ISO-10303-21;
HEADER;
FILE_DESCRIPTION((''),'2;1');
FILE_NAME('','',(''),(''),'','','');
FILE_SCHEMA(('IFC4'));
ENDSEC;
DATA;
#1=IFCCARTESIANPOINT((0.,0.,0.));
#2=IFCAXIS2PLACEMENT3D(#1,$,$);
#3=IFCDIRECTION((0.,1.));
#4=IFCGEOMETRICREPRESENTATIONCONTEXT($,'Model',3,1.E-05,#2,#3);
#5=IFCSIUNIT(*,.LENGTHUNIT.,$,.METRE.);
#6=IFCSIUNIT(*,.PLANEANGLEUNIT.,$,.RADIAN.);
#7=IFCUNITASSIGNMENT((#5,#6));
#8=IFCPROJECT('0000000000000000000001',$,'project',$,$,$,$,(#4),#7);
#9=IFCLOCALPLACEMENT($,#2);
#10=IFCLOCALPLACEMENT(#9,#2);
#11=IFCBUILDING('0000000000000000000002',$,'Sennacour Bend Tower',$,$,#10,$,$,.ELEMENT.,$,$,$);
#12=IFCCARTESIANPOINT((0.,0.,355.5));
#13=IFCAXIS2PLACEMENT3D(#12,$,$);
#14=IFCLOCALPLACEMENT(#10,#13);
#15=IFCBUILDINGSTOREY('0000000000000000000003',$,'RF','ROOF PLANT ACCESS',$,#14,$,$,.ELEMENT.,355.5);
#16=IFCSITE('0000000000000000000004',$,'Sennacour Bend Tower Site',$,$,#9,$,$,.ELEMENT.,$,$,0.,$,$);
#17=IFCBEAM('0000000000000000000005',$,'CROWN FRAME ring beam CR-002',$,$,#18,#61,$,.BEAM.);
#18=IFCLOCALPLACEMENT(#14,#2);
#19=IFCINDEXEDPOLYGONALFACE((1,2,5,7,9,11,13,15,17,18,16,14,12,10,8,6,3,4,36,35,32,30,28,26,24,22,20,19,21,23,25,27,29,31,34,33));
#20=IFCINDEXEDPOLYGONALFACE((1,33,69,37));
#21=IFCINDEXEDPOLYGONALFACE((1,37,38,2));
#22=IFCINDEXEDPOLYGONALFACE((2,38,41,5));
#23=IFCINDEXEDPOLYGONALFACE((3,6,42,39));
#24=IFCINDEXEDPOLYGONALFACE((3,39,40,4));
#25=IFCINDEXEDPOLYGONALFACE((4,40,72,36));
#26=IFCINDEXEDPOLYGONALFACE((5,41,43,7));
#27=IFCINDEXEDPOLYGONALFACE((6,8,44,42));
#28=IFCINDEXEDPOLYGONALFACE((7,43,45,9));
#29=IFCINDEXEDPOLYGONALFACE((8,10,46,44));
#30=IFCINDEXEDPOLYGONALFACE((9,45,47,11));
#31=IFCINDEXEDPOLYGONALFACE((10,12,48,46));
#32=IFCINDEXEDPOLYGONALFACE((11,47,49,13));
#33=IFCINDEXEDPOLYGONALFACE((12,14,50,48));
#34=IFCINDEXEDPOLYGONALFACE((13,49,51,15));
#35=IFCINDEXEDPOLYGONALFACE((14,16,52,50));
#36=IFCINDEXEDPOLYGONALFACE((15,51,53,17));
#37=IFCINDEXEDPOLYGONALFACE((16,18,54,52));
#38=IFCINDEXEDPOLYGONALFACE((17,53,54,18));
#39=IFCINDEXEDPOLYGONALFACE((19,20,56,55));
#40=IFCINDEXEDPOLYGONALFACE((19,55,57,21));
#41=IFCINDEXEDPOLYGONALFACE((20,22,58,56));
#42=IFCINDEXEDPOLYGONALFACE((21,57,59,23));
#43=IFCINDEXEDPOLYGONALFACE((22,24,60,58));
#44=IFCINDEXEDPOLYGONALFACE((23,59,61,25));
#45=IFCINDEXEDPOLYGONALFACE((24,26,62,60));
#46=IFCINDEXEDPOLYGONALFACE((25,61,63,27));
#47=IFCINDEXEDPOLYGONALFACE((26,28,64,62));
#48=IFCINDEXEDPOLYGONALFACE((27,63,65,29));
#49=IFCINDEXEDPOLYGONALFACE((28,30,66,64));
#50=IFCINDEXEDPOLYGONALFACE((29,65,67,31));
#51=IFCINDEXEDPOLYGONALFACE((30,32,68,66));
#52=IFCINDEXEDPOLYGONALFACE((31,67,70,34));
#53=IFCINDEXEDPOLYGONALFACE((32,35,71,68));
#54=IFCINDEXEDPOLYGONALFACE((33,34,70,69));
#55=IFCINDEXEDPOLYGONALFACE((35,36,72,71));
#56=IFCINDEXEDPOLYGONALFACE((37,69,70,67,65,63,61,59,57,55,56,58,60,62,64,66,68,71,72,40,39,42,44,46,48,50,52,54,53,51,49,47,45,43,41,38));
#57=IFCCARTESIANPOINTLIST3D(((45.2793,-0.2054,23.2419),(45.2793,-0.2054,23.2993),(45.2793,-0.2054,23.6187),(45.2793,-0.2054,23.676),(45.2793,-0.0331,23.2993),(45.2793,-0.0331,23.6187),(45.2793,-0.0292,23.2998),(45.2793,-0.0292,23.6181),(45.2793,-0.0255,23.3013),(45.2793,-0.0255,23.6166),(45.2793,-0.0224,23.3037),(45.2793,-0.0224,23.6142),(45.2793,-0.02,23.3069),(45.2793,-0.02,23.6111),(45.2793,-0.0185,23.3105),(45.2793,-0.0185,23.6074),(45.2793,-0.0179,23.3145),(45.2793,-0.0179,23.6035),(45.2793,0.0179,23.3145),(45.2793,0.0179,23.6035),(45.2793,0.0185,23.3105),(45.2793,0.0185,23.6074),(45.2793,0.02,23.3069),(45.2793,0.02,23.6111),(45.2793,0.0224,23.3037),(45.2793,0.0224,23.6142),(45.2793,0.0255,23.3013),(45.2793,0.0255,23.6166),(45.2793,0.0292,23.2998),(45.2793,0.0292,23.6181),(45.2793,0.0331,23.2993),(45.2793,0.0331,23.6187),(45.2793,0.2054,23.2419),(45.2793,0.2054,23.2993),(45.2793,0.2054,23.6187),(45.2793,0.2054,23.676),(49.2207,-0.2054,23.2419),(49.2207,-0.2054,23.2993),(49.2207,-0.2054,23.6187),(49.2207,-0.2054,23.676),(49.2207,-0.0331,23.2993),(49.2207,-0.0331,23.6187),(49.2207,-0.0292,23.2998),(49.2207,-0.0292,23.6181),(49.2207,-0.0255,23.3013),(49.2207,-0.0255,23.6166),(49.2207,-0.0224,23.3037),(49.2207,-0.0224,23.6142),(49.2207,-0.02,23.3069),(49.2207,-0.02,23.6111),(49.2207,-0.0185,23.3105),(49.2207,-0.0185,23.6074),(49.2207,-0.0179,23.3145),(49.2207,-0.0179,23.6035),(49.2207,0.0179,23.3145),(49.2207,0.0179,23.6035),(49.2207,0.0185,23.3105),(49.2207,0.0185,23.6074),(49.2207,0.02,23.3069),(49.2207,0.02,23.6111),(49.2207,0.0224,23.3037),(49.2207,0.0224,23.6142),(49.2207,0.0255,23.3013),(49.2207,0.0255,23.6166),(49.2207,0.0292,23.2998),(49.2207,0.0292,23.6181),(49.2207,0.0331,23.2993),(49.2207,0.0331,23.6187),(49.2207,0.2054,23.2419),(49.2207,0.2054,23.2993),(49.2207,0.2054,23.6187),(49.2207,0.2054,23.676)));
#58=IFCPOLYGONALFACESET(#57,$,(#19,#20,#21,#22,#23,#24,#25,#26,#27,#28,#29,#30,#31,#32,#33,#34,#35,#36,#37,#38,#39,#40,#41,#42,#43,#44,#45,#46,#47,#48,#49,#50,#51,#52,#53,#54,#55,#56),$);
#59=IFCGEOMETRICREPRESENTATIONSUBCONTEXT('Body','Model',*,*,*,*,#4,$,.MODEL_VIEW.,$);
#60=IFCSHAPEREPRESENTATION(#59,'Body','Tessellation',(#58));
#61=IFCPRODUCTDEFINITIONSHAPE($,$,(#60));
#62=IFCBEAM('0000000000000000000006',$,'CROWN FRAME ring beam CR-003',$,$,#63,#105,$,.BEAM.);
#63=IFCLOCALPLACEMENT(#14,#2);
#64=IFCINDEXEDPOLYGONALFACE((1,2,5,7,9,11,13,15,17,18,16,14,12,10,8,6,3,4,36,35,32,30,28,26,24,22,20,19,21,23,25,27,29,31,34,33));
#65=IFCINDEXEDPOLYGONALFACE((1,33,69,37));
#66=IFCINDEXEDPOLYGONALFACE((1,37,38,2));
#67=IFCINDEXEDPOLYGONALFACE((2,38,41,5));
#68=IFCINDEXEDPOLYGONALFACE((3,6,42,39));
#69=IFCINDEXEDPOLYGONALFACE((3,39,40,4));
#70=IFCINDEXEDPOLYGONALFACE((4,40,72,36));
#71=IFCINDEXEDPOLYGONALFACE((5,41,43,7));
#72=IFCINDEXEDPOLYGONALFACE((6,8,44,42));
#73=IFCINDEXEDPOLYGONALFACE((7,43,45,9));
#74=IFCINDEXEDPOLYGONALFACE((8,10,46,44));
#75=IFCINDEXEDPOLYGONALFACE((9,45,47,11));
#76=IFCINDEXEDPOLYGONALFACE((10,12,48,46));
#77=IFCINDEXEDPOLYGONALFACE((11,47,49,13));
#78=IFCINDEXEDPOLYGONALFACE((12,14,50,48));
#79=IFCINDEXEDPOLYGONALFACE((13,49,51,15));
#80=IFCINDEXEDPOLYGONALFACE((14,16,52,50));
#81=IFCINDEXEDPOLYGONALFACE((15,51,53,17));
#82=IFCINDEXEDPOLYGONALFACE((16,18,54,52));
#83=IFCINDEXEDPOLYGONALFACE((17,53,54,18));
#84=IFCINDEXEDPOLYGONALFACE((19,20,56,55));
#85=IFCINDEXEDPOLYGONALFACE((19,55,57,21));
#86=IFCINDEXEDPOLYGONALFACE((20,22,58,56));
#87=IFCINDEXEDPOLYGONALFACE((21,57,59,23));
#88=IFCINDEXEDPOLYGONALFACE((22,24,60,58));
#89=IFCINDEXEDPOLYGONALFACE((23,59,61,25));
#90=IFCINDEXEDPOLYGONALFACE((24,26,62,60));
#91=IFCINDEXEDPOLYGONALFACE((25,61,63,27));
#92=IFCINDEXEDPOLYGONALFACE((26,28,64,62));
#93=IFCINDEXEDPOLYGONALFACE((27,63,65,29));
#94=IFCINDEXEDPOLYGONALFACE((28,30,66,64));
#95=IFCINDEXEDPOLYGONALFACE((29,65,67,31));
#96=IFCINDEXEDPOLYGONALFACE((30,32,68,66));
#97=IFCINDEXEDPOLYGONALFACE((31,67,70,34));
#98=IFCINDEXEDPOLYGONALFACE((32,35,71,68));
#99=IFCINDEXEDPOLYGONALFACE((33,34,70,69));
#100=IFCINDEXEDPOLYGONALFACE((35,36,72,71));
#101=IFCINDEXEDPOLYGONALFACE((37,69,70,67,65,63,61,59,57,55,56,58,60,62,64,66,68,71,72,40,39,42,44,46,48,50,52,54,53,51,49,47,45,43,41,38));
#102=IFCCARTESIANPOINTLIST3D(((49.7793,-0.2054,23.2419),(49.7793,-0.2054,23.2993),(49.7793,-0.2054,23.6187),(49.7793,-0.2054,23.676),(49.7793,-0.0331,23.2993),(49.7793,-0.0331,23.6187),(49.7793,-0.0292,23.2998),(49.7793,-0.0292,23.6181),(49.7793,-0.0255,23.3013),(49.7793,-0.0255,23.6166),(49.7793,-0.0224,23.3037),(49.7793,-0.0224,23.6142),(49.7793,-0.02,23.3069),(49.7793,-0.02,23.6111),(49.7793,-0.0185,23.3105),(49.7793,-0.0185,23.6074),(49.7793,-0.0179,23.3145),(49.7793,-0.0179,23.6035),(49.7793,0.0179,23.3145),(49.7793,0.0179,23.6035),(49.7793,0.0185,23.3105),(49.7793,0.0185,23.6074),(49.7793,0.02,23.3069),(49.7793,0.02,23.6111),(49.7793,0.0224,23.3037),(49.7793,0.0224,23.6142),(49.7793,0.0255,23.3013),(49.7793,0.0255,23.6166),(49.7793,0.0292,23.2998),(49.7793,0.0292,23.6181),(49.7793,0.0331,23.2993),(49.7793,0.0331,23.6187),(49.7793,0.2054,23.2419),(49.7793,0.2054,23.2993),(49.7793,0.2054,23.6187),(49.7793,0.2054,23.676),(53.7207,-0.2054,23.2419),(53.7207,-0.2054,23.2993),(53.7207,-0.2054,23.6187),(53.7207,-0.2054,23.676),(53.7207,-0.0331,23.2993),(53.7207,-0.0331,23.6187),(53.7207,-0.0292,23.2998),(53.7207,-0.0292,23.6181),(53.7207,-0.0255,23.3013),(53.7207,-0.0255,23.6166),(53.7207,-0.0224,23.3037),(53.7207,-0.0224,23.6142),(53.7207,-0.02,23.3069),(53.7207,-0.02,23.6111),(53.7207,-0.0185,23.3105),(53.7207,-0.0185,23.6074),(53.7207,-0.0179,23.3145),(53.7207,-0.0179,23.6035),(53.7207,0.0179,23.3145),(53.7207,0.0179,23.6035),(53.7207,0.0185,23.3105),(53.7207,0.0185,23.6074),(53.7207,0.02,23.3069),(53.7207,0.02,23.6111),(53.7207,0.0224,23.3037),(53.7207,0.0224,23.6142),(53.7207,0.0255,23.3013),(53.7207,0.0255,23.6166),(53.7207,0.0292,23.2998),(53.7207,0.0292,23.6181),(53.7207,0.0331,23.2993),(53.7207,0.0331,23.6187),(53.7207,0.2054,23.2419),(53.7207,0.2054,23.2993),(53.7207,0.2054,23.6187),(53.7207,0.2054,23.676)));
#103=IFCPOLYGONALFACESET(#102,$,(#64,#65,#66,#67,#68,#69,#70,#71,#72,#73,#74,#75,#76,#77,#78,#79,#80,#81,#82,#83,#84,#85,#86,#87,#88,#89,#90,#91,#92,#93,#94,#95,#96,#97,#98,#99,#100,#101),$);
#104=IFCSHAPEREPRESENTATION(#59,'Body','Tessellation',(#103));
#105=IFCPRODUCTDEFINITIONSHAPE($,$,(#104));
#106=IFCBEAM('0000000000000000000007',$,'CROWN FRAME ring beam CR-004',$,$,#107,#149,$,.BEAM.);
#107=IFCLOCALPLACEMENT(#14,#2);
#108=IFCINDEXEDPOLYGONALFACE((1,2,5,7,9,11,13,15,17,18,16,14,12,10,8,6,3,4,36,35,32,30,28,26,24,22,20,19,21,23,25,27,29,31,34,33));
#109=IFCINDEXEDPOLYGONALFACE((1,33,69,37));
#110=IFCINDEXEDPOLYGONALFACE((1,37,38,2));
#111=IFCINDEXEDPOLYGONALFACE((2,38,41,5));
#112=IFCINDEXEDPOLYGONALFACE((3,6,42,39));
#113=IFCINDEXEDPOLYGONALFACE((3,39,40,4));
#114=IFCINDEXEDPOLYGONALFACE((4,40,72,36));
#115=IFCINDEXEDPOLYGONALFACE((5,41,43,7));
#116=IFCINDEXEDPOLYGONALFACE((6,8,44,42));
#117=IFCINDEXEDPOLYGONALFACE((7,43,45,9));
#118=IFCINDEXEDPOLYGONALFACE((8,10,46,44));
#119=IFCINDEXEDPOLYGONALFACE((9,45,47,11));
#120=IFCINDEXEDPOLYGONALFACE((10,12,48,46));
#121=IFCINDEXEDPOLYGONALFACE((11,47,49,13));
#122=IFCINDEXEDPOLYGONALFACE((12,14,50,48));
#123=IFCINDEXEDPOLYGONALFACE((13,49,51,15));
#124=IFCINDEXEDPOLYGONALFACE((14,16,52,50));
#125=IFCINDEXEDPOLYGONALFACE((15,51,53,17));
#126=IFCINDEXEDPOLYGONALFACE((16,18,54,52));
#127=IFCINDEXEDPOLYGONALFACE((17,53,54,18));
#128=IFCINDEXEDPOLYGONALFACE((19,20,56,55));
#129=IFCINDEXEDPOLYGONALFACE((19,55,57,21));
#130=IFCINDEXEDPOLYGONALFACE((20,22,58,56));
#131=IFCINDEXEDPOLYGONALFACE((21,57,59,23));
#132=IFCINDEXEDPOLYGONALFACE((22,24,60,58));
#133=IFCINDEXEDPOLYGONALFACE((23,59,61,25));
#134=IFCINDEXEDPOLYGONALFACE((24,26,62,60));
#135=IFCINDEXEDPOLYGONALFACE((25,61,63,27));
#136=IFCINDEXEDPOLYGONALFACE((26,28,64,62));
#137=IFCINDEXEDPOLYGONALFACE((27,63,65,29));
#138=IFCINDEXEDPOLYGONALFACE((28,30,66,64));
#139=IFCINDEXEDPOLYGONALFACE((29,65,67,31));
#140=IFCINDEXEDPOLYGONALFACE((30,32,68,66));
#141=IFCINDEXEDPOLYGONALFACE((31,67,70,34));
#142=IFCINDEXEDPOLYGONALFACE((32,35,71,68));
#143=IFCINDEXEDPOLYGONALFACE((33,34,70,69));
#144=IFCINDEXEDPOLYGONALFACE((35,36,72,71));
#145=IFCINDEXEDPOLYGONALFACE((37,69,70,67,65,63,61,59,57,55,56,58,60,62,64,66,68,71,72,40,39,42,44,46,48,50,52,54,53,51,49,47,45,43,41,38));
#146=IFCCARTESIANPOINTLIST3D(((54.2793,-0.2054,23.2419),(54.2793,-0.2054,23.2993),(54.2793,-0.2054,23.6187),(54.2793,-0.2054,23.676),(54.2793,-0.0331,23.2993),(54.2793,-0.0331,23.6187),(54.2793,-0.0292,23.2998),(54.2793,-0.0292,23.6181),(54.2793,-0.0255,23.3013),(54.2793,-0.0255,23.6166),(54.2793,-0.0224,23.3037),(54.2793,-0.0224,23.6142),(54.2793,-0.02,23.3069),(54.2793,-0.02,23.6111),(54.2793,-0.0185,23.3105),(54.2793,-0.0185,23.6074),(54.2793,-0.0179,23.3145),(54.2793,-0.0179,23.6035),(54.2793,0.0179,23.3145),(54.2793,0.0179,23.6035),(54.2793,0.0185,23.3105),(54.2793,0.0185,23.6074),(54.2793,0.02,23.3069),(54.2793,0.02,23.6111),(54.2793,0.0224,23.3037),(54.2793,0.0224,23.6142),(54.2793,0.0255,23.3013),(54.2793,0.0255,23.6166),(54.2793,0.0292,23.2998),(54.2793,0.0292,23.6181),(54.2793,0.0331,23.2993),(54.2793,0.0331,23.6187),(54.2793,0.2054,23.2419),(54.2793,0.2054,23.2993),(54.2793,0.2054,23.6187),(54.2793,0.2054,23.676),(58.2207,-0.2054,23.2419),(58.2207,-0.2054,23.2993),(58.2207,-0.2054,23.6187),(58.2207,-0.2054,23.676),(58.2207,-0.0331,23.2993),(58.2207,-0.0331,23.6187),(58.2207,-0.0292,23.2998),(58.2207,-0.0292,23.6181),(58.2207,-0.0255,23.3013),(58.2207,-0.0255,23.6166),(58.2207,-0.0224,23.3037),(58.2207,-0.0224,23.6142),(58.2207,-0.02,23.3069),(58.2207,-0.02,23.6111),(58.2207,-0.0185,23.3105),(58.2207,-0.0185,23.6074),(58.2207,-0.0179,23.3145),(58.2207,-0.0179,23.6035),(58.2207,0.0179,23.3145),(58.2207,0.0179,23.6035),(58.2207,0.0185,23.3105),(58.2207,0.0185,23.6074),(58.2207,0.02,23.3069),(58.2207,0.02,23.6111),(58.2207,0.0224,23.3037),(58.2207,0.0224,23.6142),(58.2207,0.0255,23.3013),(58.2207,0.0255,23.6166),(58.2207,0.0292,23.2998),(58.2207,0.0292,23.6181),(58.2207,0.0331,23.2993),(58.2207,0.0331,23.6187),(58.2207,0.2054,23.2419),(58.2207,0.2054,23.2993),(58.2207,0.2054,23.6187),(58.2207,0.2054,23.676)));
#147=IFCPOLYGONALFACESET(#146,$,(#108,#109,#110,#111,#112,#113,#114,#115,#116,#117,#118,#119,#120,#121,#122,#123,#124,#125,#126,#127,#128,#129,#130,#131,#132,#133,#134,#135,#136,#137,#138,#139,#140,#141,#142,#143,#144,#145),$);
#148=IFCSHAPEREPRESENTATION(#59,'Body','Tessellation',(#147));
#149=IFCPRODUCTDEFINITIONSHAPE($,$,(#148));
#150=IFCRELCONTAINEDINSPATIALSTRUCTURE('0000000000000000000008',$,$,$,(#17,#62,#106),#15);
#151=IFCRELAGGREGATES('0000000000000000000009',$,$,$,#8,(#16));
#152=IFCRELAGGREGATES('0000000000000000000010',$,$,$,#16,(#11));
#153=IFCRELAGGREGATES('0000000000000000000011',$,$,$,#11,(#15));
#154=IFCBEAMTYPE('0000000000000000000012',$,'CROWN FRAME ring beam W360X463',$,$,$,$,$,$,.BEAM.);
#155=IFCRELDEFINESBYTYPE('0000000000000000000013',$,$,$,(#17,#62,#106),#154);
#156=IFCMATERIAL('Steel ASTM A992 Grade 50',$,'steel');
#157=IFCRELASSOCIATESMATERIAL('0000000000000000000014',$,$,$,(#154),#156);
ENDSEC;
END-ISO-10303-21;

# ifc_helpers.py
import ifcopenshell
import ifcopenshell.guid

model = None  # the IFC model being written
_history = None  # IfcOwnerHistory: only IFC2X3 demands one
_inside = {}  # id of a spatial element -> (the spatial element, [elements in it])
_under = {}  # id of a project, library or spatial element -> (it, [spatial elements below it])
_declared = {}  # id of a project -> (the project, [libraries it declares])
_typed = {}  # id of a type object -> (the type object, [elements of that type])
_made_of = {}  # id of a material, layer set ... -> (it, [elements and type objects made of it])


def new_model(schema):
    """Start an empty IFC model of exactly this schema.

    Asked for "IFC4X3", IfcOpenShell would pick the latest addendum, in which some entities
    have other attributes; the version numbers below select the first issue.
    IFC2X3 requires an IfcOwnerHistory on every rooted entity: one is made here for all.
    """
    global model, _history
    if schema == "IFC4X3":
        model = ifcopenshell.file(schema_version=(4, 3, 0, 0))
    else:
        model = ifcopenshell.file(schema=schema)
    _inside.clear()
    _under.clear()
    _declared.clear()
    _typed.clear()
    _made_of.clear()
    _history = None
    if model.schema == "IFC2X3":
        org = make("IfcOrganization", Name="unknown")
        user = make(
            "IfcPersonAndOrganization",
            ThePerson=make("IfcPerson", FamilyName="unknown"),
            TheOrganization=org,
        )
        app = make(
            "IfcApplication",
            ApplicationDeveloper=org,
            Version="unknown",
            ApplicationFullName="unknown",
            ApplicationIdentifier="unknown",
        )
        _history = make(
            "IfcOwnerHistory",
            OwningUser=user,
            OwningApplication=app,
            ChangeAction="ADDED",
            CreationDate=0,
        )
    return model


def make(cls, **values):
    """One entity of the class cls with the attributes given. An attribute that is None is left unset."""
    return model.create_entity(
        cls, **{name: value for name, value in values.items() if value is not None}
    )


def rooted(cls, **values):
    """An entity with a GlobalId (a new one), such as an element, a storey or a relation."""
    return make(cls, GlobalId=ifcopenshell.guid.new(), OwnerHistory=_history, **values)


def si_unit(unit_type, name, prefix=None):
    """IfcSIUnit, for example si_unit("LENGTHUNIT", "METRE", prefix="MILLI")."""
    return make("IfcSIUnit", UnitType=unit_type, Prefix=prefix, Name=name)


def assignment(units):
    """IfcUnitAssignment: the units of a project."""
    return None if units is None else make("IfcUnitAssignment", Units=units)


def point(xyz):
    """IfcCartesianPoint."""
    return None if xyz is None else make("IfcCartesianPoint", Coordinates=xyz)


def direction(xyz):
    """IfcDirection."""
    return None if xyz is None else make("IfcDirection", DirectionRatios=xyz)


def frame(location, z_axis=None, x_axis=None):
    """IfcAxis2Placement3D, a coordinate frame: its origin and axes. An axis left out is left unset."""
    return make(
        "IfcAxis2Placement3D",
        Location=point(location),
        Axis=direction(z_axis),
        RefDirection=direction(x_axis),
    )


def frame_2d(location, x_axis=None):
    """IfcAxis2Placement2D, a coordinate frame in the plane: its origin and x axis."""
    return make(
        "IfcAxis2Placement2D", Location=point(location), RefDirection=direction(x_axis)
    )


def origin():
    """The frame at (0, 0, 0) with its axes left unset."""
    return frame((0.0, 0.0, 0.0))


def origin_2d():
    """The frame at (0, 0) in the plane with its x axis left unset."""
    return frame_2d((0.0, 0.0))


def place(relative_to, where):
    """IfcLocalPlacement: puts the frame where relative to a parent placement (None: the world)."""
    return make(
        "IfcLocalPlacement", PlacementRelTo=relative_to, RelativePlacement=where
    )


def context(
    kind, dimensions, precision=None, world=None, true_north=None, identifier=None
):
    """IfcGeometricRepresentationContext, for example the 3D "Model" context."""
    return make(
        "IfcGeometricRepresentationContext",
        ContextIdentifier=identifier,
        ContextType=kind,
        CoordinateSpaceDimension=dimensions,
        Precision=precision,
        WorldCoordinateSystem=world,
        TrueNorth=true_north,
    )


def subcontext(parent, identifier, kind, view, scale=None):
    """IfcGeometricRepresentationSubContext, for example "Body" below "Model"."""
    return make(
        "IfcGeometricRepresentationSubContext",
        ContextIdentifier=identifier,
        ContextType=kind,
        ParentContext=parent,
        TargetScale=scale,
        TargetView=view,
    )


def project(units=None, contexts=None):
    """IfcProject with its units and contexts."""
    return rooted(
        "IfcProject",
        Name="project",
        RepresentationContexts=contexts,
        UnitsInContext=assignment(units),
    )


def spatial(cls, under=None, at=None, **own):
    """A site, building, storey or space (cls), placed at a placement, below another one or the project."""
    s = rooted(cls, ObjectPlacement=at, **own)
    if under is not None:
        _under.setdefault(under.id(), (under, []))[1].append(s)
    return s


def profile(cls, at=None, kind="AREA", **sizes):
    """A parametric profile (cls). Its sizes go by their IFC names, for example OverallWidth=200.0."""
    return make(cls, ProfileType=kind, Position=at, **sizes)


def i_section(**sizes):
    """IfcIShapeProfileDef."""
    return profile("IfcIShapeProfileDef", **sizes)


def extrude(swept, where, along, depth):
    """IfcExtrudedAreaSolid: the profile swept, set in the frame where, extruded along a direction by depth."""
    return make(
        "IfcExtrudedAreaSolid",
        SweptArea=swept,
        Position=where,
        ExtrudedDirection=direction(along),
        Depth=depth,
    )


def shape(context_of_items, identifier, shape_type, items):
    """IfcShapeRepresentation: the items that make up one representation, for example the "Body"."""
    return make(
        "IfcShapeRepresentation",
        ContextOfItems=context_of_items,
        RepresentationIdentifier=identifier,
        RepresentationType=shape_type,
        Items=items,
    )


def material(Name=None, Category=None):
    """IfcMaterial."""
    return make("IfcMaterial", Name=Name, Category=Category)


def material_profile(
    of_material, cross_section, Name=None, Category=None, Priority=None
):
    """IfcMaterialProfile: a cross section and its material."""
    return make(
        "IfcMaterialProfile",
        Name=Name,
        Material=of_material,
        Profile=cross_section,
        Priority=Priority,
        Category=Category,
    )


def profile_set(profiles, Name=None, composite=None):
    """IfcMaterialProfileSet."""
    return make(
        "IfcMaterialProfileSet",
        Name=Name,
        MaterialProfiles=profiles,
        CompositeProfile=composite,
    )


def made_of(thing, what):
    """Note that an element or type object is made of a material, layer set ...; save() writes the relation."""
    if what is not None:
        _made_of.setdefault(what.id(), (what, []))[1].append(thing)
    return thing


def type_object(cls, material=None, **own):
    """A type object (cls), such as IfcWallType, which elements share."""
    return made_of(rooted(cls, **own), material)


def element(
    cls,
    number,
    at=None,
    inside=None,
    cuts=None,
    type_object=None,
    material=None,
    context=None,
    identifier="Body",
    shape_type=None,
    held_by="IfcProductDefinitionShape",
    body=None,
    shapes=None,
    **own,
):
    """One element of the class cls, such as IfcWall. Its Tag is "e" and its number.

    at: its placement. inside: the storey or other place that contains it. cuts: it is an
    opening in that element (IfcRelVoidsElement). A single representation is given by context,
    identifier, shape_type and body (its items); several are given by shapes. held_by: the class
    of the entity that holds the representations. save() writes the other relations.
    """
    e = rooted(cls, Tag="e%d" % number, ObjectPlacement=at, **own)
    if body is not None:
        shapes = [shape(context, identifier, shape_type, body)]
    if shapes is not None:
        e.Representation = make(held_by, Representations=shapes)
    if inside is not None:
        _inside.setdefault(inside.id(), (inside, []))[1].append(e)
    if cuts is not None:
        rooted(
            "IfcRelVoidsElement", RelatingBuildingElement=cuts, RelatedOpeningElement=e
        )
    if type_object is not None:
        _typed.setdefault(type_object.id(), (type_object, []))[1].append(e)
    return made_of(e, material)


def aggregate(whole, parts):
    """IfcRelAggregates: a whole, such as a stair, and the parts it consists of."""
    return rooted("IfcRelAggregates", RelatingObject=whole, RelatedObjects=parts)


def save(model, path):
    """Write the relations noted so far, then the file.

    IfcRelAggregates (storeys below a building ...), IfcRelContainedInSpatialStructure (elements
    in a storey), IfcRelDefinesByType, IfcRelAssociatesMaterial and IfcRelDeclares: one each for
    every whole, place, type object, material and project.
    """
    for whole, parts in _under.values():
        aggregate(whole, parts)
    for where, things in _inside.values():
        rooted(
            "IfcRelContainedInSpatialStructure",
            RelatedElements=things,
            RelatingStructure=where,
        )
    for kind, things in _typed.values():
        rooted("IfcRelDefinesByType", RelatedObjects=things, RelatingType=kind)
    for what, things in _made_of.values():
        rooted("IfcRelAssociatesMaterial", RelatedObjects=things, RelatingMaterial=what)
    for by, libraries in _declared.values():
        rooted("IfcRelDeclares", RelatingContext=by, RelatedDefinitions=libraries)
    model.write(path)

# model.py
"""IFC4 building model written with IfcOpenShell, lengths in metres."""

from ifc_helpers import new_model, si_unit, direction, frame, origin, origin_2d, place, context, subcontext, project, spatial, i_section, extrude, material, material_profile, profile_set, type_object, element, save


model = new_model("IFC4")

# Units and contexts
model_context = context("Model", 3, precision=1e-05, world=origin(), true_north=direction((0.0, 1.0)))
body_context = subcontext(model_context, "Body", "Model", "MODEL_VIEW")
ifc_project = project(units=[si_unit("LENGTHUNIT", "METRE"), si_unit("PLANEANGLEUNIT", "RADIAN")], contexts=[model_context])

# Site, building, storey
site_placement = place(None, origin())
site = spatial("IfcSite", under=ifc_project, at=site_placement, Name="Sennacour Bend Tower Site", CompositionType="ELEMENT", RefElevation=0.0)
building_placement = place(site_placement, origin())
building = spatial("IfcBuilding", under=site, at=building_placement, Name="Sennacour Bend Tower", CompositionType="ELEMENT")
storey_placement = place(building_placement, frame((0.0, 0.0, 355.5)))
storey = spatial("IfcBuildingStorey", under=building, at=storey_placement, Name="RF", Description="ROOF PLANT ACCESS", CompositionType="ELEMENT", Elevation=355.5)

# Beams
ifc_material_1 = material(Name="Steel ASTM A992 Grade 50", Category="steel")
ifc_material_profile_1 = material_profile(ifc_material_1, i_section(OverallWidth=0.4109, OverallDepth=0.4341, WebThickness=0.0359, FlangeThickness=0.0574, FilletRadius=0.0151, at=origin_2d()), Name="Steel ASTM A992 Grade 50", Category="steel")
ifc_profile_set_1 = profile_set([ifc_material_profile_1], Name="Steel ASTM A992 Grade 50")
beam_type = type_object("IfcBeamType", Name="CROWN FRAME ring beam W360X463", PredefinedType="BEAM", material=ifc_profile_set_1)
for number, where, z_axis, x_axis, name in (
    (1, (45.2793, 0.0, 23.459), (1.0, 0.0, 0.0), (0.0, 1.0, 0.0), "CROWN FRAME ring beam CR-002"),
    (2, (49.7793, 0.0, 23.459), (1.0, 0.0, 0.0), (0.0, 1.0, 0.0), "CROWN FRAME ring beam CR-003"),
    (3, (54.2793, 0.0, 23.459), (1.0, 0.0, 0.0), (0.0, 1.0, 0.0), "CROWN FRAME ring beam CR-004"),
):
    element("IfcBeam", number, at=place(storey_placement, frame(where, z_axis=z_axis, x_axis=x_axis)), inside=storey, type_object=beam_type, Name=name, PredefinedType="BEAM", context=body_context, shape_type="SweptSolid", body=[
        extrude(i_section(OverallWidth=0.4109, OverallDepth=0.4341, WebThickness=0.0359, FlangeThickness=0.0574, FilletRadius=0.0151, at=origin_2d()), origin(), (0.0, 0.0, 1.0), 3.9414),
    ])

save(model, "model.ifc")
